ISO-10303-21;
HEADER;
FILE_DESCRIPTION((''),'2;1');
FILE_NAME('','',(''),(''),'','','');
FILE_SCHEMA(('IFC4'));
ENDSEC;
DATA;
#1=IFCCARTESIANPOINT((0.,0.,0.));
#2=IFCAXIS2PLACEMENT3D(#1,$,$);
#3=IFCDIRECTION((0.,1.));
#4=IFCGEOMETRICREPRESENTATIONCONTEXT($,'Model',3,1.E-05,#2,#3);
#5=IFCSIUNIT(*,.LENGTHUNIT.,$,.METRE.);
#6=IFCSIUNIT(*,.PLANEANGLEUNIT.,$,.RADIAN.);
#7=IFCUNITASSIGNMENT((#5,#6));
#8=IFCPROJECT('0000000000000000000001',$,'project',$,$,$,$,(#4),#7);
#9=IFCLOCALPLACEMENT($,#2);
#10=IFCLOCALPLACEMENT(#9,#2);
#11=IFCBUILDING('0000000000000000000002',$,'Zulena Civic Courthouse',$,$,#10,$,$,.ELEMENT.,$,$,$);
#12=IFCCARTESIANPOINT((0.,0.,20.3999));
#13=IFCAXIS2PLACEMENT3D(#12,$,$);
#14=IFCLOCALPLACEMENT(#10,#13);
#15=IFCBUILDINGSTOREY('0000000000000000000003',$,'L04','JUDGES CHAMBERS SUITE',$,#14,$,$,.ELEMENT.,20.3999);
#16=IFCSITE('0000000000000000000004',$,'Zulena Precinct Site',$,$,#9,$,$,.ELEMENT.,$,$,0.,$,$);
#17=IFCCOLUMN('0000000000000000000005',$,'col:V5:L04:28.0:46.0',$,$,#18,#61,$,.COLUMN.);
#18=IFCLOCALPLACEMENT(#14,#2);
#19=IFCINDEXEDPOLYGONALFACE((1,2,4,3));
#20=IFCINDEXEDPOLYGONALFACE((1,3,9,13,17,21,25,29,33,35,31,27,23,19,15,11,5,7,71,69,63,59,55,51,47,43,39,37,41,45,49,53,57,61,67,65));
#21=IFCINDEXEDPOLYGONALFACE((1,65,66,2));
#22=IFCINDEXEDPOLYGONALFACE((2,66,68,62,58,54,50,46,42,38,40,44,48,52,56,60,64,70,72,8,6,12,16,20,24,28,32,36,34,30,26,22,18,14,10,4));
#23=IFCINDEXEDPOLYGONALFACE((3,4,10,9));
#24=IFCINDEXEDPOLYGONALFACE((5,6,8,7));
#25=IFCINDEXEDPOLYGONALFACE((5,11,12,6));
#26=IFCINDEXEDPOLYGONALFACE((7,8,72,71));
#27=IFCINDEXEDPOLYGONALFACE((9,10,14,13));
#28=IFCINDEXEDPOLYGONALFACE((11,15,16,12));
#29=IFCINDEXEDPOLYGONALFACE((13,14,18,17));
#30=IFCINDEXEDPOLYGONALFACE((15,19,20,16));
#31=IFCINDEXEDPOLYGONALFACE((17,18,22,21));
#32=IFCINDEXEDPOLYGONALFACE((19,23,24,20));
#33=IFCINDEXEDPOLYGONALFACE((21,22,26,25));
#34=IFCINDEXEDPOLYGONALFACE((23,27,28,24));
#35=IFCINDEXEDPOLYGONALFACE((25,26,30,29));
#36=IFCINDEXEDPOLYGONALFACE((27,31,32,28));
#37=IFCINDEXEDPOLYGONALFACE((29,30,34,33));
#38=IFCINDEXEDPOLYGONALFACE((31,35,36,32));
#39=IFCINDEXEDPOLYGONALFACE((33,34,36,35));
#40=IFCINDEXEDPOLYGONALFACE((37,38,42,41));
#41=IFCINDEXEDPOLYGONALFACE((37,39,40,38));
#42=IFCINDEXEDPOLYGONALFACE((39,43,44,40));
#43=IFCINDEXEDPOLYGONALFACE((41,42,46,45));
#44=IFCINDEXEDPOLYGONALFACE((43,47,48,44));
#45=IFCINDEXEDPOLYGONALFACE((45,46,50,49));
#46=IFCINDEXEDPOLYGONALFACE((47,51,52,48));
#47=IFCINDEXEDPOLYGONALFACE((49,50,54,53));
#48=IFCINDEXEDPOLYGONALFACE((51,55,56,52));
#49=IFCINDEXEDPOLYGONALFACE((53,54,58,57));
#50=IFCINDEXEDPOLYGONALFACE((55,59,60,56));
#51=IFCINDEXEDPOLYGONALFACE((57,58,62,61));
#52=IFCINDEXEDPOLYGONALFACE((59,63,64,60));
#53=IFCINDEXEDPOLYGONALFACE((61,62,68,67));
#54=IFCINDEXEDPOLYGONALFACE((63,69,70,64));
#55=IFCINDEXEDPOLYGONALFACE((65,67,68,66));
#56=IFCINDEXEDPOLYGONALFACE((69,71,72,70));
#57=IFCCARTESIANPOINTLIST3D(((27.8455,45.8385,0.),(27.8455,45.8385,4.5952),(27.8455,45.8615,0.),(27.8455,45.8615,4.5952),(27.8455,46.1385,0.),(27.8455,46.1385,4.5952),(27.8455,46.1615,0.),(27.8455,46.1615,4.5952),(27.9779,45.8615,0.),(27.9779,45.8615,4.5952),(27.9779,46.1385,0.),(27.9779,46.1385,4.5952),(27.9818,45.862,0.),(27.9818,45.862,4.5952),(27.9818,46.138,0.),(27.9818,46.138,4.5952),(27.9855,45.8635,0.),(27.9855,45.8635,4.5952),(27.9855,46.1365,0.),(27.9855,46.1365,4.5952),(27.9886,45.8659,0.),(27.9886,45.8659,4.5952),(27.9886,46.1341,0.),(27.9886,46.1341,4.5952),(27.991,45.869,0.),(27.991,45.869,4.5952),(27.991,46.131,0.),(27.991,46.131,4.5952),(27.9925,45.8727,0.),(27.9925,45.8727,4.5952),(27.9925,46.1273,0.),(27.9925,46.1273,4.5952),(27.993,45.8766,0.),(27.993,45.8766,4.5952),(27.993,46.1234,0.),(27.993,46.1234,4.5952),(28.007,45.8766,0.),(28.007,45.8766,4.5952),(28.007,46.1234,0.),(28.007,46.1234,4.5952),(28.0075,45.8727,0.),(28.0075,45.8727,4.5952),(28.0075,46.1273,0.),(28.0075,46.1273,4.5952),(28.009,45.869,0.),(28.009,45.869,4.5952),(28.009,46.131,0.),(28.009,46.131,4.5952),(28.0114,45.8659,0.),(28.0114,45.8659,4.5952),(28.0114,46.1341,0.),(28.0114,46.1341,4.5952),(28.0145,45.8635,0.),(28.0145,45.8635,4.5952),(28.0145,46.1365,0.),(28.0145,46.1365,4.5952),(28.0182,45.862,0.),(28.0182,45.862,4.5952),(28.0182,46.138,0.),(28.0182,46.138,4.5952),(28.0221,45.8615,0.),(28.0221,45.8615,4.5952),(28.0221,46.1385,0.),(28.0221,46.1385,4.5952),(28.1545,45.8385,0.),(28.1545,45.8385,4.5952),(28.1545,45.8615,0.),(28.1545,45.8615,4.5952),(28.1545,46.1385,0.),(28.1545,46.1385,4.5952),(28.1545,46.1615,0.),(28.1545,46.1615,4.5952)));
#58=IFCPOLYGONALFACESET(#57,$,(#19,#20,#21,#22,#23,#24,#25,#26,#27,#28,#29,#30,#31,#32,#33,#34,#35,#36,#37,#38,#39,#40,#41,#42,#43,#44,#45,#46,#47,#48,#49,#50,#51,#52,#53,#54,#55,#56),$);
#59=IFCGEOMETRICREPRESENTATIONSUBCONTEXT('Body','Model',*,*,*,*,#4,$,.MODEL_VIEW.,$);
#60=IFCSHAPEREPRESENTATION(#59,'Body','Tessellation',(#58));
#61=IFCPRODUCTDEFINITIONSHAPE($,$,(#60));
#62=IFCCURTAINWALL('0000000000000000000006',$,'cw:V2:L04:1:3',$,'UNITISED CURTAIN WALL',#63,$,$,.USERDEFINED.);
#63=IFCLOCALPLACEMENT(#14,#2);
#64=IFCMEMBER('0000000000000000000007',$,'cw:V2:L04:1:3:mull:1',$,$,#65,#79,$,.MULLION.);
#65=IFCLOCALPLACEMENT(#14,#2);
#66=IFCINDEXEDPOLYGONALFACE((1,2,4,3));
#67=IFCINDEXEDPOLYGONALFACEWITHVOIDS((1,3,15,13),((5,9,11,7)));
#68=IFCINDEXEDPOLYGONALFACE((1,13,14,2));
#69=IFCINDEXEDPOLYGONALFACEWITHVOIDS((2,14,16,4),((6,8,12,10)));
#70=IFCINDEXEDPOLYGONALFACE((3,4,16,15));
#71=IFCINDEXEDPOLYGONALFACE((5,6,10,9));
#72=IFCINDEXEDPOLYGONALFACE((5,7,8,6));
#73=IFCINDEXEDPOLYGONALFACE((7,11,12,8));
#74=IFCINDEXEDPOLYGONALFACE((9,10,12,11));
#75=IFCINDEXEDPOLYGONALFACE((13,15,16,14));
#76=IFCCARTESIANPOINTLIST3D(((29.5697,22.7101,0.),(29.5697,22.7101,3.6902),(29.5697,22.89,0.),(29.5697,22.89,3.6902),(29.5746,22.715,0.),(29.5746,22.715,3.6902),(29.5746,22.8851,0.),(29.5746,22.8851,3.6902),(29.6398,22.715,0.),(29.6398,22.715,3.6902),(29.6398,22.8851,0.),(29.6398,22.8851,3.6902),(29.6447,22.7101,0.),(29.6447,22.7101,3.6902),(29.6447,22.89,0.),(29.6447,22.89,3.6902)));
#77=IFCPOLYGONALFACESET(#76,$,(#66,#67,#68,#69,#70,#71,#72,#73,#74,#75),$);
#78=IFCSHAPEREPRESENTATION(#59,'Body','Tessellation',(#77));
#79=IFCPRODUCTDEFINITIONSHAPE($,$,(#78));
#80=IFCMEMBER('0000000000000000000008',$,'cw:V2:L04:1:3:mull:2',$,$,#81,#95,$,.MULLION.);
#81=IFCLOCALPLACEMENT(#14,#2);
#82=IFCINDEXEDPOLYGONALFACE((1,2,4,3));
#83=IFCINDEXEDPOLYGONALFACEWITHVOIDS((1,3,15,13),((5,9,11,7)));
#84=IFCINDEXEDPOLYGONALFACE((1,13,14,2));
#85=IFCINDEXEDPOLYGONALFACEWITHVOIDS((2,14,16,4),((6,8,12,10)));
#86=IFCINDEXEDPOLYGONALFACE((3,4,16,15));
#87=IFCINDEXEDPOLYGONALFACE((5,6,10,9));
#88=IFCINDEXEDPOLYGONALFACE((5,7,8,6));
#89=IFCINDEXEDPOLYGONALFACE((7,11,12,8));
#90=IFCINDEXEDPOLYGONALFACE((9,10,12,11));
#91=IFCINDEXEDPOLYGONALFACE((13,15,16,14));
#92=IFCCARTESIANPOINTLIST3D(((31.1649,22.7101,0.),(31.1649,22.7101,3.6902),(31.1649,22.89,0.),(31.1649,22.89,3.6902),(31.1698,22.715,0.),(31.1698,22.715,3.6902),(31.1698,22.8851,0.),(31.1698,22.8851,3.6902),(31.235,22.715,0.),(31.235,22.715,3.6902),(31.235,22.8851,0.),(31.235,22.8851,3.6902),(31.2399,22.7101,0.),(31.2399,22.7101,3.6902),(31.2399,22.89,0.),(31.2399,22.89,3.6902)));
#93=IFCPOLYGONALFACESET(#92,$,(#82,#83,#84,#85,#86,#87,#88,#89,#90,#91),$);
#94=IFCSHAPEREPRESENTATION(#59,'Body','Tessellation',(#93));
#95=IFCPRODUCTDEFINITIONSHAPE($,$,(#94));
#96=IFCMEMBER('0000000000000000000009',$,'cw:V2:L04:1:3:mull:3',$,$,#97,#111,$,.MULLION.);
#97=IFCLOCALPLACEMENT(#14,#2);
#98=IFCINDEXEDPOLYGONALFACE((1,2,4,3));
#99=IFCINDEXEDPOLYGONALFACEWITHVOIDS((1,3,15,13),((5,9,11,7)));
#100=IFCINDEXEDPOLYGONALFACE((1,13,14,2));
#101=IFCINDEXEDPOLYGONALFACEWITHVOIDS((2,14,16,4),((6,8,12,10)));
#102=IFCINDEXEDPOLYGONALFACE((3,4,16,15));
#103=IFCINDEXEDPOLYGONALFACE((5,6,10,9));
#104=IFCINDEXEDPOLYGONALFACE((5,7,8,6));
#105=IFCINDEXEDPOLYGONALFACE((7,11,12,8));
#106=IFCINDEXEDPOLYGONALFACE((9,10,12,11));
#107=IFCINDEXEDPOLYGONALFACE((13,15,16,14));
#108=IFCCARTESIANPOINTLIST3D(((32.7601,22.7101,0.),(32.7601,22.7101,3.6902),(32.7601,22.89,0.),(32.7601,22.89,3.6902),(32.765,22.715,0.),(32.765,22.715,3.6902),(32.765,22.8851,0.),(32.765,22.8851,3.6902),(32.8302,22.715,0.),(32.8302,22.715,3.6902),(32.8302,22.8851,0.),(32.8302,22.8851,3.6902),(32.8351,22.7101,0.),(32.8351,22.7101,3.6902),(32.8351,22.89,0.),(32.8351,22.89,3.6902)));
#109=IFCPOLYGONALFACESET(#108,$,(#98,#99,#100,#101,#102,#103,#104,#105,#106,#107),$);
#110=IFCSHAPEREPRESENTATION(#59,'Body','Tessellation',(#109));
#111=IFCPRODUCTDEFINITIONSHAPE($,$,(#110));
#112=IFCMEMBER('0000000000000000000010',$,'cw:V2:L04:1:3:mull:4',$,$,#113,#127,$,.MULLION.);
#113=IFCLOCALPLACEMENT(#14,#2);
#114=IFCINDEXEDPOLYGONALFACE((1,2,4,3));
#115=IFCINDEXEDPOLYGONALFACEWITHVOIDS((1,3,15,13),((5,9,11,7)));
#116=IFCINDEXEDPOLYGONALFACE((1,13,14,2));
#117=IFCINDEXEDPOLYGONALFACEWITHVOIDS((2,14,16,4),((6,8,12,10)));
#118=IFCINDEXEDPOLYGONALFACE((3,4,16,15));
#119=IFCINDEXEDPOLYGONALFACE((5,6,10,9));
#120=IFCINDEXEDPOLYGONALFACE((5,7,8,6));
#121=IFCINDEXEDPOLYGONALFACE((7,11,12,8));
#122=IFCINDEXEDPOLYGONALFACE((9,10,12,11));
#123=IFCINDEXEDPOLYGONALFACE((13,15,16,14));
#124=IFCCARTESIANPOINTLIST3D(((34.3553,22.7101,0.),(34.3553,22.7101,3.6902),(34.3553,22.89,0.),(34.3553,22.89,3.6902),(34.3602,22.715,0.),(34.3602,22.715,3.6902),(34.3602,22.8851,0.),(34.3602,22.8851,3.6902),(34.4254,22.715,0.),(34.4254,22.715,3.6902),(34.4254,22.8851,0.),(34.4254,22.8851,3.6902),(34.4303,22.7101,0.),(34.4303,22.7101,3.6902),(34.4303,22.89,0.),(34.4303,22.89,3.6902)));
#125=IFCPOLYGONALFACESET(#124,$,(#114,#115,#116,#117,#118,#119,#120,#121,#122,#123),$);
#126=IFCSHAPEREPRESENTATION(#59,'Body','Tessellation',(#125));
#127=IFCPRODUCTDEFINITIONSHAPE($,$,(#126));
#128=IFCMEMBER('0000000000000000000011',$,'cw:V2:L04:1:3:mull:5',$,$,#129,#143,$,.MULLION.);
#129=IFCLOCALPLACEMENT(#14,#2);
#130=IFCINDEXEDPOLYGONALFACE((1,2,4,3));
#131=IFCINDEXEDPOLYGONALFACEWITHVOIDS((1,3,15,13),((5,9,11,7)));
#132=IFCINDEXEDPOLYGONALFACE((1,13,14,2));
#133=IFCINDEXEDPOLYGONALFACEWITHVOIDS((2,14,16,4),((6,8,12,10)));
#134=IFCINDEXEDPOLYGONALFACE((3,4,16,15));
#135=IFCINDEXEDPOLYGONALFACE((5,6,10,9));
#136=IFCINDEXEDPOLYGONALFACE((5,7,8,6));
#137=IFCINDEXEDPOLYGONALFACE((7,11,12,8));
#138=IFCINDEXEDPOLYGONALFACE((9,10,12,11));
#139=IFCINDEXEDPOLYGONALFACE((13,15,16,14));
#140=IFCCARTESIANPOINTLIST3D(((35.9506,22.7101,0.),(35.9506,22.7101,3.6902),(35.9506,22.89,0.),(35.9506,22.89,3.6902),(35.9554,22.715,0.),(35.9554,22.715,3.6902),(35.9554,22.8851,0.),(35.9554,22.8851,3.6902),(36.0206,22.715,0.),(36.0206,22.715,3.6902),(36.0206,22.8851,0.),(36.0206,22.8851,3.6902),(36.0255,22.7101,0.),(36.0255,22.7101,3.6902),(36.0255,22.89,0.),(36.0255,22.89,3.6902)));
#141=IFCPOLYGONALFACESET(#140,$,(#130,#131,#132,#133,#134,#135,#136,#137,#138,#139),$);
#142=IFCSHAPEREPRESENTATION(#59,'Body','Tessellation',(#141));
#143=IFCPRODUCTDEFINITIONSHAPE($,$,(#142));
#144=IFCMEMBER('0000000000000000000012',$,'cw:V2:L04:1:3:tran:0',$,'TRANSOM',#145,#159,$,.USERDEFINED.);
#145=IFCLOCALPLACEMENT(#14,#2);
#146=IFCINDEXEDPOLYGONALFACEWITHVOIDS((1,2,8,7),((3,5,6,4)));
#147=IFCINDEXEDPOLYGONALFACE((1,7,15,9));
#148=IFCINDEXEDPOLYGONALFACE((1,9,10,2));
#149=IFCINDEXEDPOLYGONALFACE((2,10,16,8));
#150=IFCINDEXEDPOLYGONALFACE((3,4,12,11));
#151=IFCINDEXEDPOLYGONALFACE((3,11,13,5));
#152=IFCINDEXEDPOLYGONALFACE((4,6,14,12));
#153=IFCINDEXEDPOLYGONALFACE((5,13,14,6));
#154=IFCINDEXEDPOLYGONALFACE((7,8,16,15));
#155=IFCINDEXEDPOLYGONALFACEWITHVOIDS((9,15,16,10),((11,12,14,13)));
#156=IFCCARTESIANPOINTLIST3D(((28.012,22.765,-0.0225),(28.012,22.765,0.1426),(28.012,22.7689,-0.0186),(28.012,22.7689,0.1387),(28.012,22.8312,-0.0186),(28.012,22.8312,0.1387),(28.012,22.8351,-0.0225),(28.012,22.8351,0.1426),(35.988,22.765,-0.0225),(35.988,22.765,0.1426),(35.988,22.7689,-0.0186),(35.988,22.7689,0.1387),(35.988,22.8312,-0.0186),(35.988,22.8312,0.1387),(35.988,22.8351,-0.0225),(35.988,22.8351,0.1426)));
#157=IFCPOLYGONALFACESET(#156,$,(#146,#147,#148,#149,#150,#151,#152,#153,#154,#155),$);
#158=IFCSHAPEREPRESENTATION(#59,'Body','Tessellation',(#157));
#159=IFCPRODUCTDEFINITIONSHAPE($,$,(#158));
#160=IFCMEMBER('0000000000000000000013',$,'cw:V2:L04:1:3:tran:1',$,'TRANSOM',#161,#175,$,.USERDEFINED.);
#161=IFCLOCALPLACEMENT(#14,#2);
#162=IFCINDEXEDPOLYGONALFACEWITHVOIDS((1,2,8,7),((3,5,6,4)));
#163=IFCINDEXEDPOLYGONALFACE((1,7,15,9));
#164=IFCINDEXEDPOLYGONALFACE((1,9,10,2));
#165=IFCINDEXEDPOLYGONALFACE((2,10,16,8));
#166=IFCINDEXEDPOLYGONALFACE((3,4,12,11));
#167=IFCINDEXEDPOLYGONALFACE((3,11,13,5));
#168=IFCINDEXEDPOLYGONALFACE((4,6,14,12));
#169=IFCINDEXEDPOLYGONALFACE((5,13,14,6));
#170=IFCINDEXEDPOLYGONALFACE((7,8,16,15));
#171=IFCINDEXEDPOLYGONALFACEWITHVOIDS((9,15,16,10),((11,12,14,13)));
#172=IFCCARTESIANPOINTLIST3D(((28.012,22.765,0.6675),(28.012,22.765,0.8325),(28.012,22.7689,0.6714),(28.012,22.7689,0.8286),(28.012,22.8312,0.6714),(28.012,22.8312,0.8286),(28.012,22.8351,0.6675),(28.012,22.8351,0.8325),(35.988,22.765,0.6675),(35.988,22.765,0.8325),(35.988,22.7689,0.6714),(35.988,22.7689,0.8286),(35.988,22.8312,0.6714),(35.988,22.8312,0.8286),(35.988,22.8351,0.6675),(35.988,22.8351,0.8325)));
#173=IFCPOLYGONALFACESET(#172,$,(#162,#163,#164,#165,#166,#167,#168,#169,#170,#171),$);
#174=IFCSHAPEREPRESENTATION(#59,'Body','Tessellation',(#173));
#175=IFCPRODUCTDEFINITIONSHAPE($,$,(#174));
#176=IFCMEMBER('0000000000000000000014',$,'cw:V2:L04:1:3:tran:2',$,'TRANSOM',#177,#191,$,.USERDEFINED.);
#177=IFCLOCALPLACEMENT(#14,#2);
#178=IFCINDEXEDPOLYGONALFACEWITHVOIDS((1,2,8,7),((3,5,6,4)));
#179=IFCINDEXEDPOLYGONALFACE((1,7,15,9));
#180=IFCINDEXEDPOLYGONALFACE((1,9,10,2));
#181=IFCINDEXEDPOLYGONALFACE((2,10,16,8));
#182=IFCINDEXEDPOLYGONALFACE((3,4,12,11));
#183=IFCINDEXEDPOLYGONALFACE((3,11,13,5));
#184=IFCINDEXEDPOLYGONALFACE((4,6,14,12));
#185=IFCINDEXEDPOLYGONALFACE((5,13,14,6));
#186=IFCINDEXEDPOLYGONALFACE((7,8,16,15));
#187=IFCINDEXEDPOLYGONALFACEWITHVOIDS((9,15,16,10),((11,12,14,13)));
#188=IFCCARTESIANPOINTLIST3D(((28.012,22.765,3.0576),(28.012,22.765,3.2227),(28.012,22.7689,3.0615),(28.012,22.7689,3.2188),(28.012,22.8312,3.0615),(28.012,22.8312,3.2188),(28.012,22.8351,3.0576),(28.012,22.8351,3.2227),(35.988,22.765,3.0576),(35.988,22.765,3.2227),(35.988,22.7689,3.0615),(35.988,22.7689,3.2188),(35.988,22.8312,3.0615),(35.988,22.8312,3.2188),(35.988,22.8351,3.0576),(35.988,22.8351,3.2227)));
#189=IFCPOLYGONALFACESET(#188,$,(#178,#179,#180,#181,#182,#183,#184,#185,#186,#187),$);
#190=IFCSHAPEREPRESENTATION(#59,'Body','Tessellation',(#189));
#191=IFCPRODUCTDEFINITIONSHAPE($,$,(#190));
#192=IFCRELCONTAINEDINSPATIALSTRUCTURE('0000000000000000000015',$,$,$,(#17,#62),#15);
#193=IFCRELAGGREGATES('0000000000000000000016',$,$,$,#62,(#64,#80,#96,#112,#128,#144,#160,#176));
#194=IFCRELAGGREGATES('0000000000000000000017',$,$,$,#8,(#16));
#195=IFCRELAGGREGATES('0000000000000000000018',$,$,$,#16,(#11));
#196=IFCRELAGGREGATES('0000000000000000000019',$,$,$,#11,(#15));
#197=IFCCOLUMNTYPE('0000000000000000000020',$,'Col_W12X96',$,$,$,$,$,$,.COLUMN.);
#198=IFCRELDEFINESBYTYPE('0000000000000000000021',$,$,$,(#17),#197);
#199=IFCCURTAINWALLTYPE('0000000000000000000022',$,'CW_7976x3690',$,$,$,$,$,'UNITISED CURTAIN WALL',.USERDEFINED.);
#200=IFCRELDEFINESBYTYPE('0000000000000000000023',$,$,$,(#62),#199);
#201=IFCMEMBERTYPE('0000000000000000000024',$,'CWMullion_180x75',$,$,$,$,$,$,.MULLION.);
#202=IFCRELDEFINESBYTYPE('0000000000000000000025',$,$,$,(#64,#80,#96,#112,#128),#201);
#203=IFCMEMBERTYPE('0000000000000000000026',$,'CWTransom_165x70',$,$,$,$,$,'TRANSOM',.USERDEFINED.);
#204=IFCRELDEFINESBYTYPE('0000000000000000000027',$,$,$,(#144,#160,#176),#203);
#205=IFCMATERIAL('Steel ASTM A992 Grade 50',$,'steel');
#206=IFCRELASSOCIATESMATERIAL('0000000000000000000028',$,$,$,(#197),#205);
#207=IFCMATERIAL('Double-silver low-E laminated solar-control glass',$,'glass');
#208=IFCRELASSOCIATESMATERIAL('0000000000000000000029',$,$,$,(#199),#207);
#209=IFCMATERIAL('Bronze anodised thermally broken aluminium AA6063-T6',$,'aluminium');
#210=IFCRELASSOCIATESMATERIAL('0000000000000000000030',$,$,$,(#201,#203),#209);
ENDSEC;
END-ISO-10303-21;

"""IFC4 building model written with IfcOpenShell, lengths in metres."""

from ifc_helpers import new_model, si_unit, direction, frame, origin, origin_2d, place, context, subcontext, project, spatial, hollow_rectangle, i_section, extrude, material, material_profile, profile_set, type_object, element, aggregate, save


model = new_model("IFC4")

# Units and contexts
model_context = context("Model", 3, precision=1e-05, world=origin(), true_north=direction((0.0, 1.0)))
body_context = subcontext(model_context, "Body", "Model", "MODEL_VIEW")
ifc_project = project(units=[si_unit("LENGTHUNIT", "METRE"), si_unit("PLANEANGLEUNIT", "RADIAN")], contexts=[model_context])

# Site, building, storey
site_placement = place(None, origin())
site = spatial("IfcSite", under=ifc_project, at=site_placement, Name="Zulena Precinct Site", CompositionType="ELEMENT", RefElevation=0.0)
building_placement = place(site_placement, origin())
building = spatial("IfcBuilding", under=site, at=building_placement, Name="Zulena Civic Courthouse", CompositionType="ELEMENT")
storey_placement = place(building_placement, frame((0.0, 0.0, 20.3999)))
storey = spatial("IfcBuildingStorey", under=building, at=storey_placement, Name="L04", Description="JUDGES CHAMBERS SUITE", CompositionType="ELEMENT", Elevation=20.3999)

# Column
ifc_material_1 = material(Name="Steel ASTM A992 Grade 50", Category="steel")
ifc_material_profile_1 = material_profile(ifc_material_1, i_section(OverallWidth=0.3091, OverallDepth=0.323, WebThickness=0.0139, FlangeThickness=0.0229, FilletRadius=0.0151, at=origin_2d()), Name="W12X96")
ifc_profile_set_1 = profile_set([ifc_material_profile_1], Name="Steel ASTM A992 Grade 50")
column_type = type_object("IfcColumnType", Name="Col_W12X96", PredefinedType="COLUMN", material=ifc_profile_set_1)
column_placement = place(storey_placement, frame((28.0, 46.0, 0.0), z_axis=(0.0, 0.0, 1.0), x_axis=(1.0, 0.0, 0.0)))
element("IfcColumn", 1, at=column_placement, inside=storey, type_object=column_type, Name="col:V5:L04:28.0:46.0", PredefinedType="COLUMN", context=body_context, shape_type="SweptSolid", body=[
    extrude(i_section(OverallWidth=0.3091, OverallDepth=0.323, WebThickness=0.0139, FlangeThickness=0.0229, FilletRadius=0.0151, at=origin_2d()), origin(), (0.0, 0.0, 1.0), 4.5952),
])

# Curtain wall, members
ifc_material_2 = material(Name="Double-silver low-E laminated solar-control glass", Category="glass")
curtain_wall_type = type_object("IfcCurtainWallType", Name="CW_7976x3690", ElementType="UNITISED CURTAIN WALL", PredefinedType="USERDEFINED", material=ifc_material_2)
curtain_wall_placement = place(storey_placement, origin())
curtain_wall = element("IfcCurtainWall", 2, at=curtain_wall_placement, inside=storey, type_object=curtain_wall_type, Name="cw:V2:L04:1:3", ObjectType="UNITISED CURTAIN WALL", PredefinedType="USERDEFINED")
ifc_material_3 = material(Name="Bronze anodised thermally broken aluminium AA6063-T6", Category="aluminium")
ifc_material_profile_2 = material_profile(ifc_material_3, hollow_rectangle(XDim=0.075, YDim=0.1799, WallThickness=0.0049, at=origin_2d()), Name="CWM180X75X5")
ifc_profile_set_2 = profile_set([ifc_material_profile_2], Name="Bronze anodised thermally broken aluminium AA6063-T6")
member_type_1 = type_object("IfcMemberType", Name="CWMullion_180x75", PredefinedType="MULLION", material=ifc_profile_set_2)
member_1_placement = place(storey_placement, frame((29.6072, 22.8, 0.0), z_axis=(0.0, 0.0, 1.0), x_axis=(1.0, 0.0, 0.0)))
member_1 = element("IfcMember", 3, at=member_1_placement, type_object=member_type_1, Name="cw:V2:L04:1:3:mull:1", PredefinedType="MULLION", context=body_context, shape_type="SweptSolid", body=[
    extrude(hollow_rectangle(XDim=0.075, YDim=0.1799, WallThickness=0.0049, at=origin_2d()), origin(), (0.0, 0.0, 1.0), 3.6902),
])
member_2_placement = place(storey_placement, frame((31.2024, 22.8, 0.0), z_axis=(0.0, 0.0, 1.0), x_axis=(1.0, 0.0, 0.0)))
member_2 = element("IfcMember", 4, at=member_2_placement, type_object=member_type_1, Name="cw:V2:L04:1:3:mull:2", PredefinedType="MULLION", context=body_context, shape_type="SweptSolid", body=[
    extrude(hollow_rectangle(XDim=0.075, YDim=0.1799, WallThickness=0.0049, at=origin_2d()), origin(), (0.0, 0.0, 1.0), 3.6902),
])
member_3_placement = place(storey_placement, frame((32.7976, 22.8, 0.0), z_axis=(0.0, 0.0, 1.0), x_axis=(1.0, 0.0, 0.0)))
member_3 = element("IfcMember", 5, at=member_3_placement, type_object=member_type_1, Name="cw:V2:L04:1:3:mull:3", PredefinedType="MULLION", context=body_context, shape_type="SweptSolid", body=[
    extrude(hollow_rectangle(XDim=0.075, YDim=0.1799, WallThickness=0.0049, at=origin_2d()), origin(), (0.0, 0.0, 1.0), 3.6902),
])
member_4_placement = place(storey_placement, frame((34.3928, 22.8, 0.0), z_axis=(0.0, 0.0, 1.0), x_axis=(1.0, 0.0, 0.0)))
member_4 = element("IfcMember", 6, at=member_4_placement, type_object=member_type_1, Name="cw:V2:L04:1:3:mull:4", PredefinedType="MULLION", context=body_context, shape_type="SweptSolid", body=[
    extrude(hollow_rectangle(XDim=0.075, YDim=0.1799, WallThickness=0.0049, at=origin_2d()), origin(), (0.0, 0.0, 1.0), 3.6902),
])
member_5_placement = place(storey_placement, frame((35.988, 22.8, 0.0), z_axis=(0.0, 0.0, 1.0), x_axis=(1.0, 0.0, 0.0)))
member_5 = element("IfcMember", 7, at=member_5_placement, type_object=member_type_1, Name="cw:V2:L04:1:3:mull:5", PredefinedType="MULLION", context=body_context, shape_type="SweptSolid", body=[
    extrude(hollow_rectangle(XDim=0.075, YDim=0.1799, WallThickness=0.0049, at=origin_2d()), origin(), (0.0, 0.0, 1.0), 3.6902),
])
ifc_material_profile_3 = material_profile(ifc_material_3, hollow_rectangle(XDim=0.0701, YDim=0.165, WallThickness=0.0039, at=origin_2d()), Name="CWT165X70X4")
ifc_profile_set_3 = profile_set([ifc_material_profile_3], Name="Bronze anodised thermally broken aluminium AA6063-T6")
member_type_2 = type_object("IfcMemberType", Name="CWTransom_165x70", ElementType="TRANSOM", PredefinedType="USERDEFINED", material=ifc_profile_set_3)
member_6_placement = place(storey_placement, frame((28.012, 22.8, 0.0601), z_axis=(1.0, 0.0, 0.0), x_axis=(0.0, 1.0, 0.0)))
member_6 = element("IfcMember", 8, at=member_6_placement, type_object=member_type_2, Name="cw:V2:L04:1:3:tran:0", ObjectType="TRANSOM", PredefinedType="USERDEFINED", context=body_context, shape_type="SweptSolid", body=[
    extrude(hollow_rectangle(XDim=0.0701, YDim=0.165, WallThickness=0.0039, at=origin_2d()), origin(), (0.0, 0.0, 1.0), 7.9761),
])
member_7_placement = place(storey_placement, frame((28.012, 22.8, 0.75), z_axis=(1.0, 0.0, 0.0), x_axis=(0.0, 1.0, 0.0)))
member_7 = element("IfcMember", 9, at=member_7_placement, type_object=member_type_2, Name="cw:V2:L04:1:3:tran:1", ObjectType="TRANSOM", PredefinedType="USERDEFINED", context=body_context, shape_type="SweptSolid", body=[
    extrude(hollow_rectangle(XDim=0.0701, YDim=0.165, WallThickness=0.0039, at=origin_2d()), origin(), (0.0, 0.0, 1.0), 7.9761),
])
member_8_placement = place(storey_placement, frame((28.012, 22.8, 3.1401), z_axis=(1.0, 0.0, 0.0), x_axis=(0.0, 1.0, 0.0)))
member_8 = element("IfcMember", 10, at=member_8_placement, type_object=member_type_2, Name="cw:V2:L04:1:3:tran:2", ObjectType="TRANSOM", PredefinedType="USERDEFINED", context=body_context, shape_type="SweptSolid", body=[
    extrude(hollow_rectangle(XDim=0.0701, YDim=0.165, WallThickness=0.0039, at=origin_2d()), origin(), (0.0, 0.0, 1.0), 7.9761),
])

aggregate(curtain_wall, [member_1, member_2, member_3, member_4, member_5, member_6, member_7, member_8])

save(model, "model.ifc")
